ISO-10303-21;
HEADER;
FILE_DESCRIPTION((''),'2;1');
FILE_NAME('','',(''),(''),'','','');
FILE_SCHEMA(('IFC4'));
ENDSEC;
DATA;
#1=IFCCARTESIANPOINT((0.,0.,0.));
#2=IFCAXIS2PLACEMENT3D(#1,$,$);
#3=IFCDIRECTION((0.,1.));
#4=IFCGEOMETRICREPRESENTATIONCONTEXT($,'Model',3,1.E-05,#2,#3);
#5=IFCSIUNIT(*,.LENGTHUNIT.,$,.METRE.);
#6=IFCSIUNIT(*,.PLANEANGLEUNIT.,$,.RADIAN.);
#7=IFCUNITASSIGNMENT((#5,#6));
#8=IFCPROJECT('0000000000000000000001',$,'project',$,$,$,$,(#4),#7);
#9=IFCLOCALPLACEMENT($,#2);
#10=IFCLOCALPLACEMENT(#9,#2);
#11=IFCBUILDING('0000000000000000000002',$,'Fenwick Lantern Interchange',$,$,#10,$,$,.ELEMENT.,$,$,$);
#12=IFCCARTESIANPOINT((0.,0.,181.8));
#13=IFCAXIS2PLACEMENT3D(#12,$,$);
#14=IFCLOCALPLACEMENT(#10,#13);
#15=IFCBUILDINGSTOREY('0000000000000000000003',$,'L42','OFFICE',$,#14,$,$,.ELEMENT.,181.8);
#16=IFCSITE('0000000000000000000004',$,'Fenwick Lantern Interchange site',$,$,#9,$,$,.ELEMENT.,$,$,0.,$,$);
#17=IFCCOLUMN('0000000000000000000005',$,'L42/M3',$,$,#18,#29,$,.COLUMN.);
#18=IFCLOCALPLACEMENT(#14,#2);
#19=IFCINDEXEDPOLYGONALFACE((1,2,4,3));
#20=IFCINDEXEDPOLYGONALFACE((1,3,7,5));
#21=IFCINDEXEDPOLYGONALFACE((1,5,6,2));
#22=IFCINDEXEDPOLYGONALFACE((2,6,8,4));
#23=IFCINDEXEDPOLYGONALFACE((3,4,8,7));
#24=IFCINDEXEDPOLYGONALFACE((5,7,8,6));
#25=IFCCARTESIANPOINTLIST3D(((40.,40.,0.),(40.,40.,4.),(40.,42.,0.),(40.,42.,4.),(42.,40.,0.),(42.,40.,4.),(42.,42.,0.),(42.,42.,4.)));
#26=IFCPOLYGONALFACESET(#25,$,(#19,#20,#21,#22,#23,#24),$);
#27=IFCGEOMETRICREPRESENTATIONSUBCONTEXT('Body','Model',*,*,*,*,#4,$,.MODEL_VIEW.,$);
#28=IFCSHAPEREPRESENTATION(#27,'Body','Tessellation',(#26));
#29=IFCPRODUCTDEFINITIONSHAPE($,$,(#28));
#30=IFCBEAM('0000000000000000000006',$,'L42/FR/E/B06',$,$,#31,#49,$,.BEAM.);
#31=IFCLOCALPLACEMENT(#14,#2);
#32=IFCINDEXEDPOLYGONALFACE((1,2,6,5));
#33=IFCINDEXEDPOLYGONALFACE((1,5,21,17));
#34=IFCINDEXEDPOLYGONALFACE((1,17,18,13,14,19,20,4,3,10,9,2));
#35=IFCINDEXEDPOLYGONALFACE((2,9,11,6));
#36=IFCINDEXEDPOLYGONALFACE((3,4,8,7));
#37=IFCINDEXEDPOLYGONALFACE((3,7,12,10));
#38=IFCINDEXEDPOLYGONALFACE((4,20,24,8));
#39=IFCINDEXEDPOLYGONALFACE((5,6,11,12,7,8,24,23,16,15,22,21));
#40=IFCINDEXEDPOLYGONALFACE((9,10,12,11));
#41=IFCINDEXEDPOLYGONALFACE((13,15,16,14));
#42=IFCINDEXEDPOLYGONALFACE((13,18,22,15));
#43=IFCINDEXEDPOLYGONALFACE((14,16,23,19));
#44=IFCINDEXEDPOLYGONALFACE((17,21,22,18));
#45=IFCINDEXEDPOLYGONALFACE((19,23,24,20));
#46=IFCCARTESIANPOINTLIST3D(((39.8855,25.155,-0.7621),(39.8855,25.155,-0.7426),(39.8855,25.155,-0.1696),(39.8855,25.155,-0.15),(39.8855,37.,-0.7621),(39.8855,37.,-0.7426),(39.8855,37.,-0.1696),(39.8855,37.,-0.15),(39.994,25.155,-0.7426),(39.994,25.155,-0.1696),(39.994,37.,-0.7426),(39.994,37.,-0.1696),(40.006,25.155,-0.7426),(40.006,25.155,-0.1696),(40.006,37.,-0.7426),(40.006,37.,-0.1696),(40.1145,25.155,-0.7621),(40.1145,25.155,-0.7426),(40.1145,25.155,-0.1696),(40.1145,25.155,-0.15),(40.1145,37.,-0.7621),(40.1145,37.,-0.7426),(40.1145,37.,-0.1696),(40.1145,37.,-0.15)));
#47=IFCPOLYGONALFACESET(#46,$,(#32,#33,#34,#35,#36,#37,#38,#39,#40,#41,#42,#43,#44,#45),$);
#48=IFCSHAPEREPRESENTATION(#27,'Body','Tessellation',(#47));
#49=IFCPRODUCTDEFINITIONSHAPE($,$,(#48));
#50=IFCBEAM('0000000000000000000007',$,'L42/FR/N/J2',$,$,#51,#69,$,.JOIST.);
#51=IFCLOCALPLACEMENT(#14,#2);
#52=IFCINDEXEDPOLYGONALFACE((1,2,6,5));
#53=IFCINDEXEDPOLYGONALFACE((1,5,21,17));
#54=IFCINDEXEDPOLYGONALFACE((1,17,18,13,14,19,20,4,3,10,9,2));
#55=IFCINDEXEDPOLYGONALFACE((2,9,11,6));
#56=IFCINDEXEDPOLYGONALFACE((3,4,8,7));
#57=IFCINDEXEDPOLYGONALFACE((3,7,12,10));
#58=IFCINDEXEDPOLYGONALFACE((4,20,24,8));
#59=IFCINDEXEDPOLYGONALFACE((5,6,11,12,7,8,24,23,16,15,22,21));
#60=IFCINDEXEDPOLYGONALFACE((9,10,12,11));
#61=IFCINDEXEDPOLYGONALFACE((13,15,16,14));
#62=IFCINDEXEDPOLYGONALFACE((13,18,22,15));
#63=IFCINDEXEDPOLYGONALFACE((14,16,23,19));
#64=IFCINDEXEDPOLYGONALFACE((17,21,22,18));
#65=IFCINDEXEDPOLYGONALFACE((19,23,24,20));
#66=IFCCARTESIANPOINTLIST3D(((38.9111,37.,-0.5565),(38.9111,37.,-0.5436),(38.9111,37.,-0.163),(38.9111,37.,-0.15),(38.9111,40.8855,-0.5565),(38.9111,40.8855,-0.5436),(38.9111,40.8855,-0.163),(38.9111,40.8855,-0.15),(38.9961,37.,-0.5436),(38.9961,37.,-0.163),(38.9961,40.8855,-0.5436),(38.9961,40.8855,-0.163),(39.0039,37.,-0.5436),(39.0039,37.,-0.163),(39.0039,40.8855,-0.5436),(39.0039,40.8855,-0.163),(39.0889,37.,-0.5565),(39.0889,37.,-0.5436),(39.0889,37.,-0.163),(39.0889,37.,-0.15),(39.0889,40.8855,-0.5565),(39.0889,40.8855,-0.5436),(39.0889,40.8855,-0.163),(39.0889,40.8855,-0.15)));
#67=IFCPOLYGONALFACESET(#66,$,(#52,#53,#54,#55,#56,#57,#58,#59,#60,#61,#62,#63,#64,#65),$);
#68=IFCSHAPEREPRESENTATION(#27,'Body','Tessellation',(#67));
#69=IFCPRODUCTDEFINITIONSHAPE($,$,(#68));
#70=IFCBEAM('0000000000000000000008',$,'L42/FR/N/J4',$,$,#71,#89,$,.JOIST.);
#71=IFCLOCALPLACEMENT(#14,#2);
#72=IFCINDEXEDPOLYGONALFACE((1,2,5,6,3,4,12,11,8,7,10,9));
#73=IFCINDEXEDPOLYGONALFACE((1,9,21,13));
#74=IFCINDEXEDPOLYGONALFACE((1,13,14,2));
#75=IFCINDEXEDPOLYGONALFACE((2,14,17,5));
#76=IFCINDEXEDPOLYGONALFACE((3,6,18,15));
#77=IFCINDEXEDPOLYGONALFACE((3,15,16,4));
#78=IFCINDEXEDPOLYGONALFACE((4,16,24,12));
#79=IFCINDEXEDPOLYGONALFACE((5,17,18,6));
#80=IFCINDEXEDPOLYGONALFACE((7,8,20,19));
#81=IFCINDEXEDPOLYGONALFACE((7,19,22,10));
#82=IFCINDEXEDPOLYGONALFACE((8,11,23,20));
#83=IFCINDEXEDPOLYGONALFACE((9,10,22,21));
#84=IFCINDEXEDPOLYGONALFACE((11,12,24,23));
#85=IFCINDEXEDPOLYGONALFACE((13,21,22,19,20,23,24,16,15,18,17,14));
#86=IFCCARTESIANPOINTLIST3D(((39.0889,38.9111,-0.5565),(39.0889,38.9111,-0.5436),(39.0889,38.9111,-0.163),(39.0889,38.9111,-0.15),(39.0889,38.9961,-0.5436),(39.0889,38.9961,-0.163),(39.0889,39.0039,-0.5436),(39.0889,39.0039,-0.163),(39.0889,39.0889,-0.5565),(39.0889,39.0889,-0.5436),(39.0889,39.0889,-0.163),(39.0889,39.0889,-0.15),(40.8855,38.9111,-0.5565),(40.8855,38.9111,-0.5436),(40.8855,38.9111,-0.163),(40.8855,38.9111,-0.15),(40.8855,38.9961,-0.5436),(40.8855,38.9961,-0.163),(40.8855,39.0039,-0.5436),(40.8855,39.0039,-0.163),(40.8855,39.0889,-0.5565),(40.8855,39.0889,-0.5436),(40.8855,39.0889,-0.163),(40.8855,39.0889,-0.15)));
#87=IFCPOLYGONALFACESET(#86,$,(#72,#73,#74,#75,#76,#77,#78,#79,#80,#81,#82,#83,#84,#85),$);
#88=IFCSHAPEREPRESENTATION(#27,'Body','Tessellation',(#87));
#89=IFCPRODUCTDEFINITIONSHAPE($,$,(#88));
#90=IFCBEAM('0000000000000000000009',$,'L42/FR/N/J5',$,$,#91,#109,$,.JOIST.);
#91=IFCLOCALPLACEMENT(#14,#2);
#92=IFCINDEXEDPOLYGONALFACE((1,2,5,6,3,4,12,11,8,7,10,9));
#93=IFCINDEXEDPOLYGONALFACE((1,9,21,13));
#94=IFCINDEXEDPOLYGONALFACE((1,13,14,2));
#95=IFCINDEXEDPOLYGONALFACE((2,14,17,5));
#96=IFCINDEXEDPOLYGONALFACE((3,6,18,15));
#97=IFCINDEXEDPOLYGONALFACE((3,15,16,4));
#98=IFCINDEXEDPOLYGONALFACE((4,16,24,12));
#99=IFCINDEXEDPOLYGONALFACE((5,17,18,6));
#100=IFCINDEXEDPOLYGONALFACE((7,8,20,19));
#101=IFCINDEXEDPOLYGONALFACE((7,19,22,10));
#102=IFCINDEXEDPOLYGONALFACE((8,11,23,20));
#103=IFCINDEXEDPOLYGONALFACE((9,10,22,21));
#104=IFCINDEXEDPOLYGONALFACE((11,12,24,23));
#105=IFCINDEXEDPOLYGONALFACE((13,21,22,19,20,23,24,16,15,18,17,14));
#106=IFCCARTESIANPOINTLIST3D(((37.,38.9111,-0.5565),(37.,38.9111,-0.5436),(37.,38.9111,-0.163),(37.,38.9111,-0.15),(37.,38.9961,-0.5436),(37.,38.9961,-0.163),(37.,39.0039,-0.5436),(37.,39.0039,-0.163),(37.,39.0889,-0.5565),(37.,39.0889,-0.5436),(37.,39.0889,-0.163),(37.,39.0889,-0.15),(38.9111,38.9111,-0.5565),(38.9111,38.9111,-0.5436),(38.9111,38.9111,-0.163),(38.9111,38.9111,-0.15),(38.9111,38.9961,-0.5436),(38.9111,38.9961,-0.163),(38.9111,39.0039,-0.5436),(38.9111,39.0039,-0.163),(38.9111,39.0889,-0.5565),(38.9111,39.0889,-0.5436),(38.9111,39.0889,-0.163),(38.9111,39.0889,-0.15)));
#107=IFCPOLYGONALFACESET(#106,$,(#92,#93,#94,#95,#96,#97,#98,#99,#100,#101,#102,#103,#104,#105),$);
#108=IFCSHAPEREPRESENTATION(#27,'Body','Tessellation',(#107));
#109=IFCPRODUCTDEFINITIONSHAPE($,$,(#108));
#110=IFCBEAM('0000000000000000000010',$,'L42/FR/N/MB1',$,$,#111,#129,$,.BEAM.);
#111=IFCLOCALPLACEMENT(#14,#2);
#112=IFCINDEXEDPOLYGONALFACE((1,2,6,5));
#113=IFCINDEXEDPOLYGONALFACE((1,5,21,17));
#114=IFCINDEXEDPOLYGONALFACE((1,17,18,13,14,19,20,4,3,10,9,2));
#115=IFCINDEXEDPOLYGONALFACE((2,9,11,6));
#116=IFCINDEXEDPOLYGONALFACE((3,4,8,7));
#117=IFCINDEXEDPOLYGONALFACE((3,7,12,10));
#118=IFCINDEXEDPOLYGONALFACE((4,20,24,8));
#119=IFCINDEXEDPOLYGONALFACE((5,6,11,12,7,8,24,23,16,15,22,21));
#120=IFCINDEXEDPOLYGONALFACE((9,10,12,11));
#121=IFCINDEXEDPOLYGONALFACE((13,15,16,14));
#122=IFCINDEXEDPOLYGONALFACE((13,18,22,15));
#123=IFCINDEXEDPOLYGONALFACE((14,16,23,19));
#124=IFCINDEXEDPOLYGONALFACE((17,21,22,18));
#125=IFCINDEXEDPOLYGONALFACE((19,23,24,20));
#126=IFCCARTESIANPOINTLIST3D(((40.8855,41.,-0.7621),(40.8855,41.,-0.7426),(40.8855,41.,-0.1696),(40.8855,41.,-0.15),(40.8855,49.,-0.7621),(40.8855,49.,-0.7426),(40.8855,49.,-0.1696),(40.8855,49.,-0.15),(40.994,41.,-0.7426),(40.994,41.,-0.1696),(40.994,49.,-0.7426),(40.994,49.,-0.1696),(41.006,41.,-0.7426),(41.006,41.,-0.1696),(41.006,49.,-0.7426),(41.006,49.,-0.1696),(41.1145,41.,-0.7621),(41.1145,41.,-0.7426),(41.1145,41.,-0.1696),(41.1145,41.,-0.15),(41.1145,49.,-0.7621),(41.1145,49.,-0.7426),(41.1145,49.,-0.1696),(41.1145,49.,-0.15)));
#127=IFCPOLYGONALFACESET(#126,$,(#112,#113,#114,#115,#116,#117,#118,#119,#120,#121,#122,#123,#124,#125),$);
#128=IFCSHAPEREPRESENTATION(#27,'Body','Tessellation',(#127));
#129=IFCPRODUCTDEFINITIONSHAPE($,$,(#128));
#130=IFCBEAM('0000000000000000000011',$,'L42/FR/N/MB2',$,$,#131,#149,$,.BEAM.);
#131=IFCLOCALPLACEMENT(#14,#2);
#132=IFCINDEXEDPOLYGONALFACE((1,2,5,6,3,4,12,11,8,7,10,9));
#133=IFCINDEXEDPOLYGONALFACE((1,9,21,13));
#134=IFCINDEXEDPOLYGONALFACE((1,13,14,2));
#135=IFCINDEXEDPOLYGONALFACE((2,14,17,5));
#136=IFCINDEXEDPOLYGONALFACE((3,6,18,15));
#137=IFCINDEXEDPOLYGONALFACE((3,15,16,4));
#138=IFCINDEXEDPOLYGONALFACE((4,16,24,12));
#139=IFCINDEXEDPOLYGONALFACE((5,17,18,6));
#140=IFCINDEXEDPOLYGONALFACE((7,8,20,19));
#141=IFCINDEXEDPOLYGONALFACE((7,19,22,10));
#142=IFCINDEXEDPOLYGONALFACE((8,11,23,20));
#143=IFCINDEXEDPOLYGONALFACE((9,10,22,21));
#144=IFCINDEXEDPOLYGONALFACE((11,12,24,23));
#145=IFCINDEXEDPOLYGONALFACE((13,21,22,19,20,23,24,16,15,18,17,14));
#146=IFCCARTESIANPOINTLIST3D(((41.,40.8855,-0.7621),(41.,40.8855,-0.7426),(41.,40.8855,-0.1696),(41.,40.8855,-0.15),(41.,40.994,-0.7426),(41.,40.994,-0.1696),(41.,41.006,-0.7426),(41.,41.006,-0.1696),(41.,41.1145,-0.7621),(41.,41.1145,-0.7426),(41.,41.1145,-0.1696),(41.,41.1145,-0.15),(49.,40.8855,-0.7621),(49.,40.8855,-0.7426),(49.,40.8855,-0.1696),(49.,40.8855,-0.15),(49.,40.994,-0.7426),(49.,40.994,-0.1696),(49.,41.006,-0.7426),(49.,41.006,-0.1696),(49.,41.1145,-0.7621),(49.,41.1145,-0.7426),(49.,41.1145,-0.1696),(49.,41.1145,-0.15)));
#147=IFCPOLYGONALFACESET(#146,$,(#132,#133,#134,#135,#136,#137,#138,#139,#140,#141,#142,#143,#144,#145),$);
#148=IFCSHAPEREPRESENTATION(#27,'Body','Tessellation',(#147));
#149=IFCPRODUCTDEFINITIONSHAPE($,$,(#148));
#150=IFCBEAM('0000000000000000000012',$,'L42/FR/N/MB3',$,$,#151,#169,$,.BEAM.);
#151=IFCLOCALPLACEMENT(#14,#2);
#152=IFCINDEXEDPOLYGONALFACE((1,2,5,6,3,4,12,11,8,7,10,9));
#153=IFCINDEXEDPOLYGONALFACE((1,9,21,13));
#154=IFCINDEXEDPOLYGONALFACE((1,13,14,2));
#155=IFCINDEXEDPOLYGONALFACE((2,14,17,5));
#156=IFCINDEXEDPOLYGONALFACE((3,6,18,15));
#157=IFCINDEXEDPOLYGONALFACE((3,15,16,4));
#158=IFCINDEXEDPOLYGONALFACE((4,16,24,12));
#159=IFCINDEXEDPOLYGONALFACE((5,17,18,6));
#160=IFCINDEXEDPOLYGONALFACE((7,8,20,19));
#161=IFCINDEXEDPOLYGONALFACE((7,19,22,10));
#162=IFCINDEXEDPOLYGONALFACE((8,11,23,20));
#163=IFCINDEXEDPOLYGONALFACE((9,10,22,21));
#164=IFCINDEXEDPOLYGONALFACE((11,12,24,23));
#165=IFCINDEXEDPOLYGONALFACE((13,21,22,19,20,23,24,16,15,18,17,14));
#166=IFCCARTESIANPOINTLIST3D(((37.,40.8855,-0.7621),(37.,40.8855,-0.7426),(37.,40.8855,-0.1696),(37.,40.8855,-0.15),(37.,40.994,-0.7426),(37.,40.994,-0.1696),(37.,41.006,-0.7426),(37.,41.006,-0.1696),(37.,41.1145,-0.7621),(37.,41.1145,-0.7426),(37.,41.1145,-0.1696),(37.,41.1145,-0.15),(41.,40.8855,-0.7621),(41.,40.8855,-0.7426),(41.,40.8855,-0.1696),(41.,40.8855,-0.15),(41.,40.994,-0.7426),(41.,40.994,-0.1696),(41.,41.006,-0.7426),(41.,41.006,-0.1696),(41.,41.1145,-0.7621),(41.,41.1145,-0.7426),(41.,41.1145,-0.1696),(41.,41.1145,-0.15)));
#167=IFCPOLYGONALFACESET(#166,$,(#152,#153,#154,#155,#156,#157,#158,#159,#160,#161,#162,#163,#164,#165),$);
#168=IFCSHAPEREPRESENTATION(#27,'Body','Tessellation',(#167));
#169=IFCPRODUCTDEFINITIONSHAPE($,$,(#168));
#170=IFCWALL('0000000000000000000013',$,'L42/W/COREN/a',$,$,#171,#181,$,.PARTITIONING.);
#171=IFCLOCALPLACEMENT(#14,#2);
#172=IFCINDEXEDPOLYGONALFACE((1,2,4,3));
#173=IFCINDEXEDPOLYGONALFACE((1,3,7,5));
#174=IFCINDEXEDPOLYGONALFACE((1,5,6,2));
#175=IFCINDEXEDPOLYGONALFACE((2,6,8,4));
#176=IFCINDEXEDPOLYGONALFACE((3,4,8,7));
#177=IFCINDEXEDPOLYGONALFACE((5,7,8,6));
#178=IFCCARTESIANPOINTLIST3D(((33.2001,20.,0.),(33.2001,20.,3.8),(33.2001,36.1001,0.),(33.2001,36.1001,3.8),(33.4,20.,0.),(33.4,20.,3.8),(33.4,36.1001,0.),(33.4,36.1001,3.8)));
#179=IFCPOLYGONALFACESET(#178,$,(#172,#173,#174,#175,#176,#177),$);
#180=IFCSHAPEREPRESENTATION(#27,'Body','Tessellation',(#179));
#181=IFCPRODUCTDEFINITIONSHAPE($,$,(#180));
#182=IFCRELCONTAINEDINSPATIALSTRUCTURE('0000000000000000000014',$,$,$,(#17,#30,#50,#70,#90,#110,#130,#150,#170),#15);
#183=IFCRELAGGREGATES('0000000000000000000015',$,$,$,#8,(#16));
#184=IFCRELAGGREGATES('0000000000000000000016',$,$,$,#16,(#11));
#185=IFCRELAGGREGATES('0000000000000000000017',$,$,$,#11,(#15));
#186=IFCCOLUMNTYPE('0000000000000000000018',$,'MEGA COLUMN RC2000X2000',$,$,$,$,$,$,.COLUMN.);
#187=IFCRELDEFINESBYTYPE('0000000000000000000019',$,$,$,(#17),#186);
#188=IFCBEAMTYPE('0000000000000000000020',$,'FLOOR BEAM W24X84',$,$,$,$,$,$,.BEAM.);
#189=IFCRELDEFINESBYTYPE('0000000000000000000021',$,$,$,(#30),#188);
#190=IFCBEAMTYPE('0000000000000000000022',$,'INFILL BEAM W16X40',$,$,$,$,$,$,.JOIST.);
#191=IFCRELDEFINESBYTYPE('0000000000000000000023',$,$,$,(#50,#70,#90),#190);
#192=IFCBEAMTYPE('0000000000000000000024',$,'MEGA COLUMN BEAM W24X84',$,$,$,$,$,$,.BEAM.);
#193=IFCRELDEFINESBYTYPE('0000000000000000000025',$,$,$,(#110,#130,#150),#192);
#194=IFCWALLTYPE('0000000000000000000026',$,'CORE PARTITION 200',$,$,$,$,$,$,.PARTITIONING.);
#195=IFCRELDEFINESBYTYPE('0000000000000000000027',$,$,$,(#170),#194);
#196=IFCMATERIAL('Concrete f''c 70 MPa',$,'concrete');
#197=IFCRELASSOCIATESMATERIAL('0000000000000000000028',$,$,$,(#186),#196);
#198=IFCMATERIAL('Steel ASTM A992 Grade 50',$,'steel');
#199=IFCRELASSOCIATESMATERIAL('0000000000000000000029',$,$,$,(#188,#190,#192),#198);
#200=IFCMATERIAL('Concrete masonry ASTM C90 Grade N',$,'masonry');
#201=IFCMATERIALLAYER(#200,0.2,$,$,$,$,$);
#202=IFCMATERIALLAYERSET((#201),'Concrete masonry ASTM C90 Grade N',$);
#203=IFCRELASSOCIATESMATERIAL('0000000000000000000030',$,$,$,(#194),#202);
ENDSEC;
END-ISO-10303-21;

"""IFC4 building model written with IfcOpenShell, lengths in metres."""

from ifc_helpers import new_model, si_unit, direction, frame, frame_2d, origin, origin_2d, place, context, subcontext, project, spatial, rectangle, i_section, extrude, material, layer, layer_set, material_profile, profile_set, type_object, element, save


model = new_model("IFC4")

# Units and contexts
model_context = context("Model", 3, precision=1e-05, world=origin(), true_north=direction((0.0, 1.0)))
body_context = subcontext(model_context, "Body", "Model", "MODEL_VIEW")
ifc_project = project(units=[si_unit("LENGTHUNIT", "METRE"), si_unit("PLANEANGLEUNIT", "RADIAN")], contexts=[model_context])

# Site, building, storey
site_placement = place(None, origin())
site = spatial("IfcSite", under=ifc_project, at=site_placement, Name="Fenwick Lantern Interchange site", CompositionType="ELEMENT", RefElevation=0.0)
building_placement = place(site_placement, origin())
building = spatial("IfcBuilding", under=site, at=building_placement, Name="Fenwick Lantern Interchange", CompositionType="ELEMENT")
storey_placement = place(building_placement, frame((0.0, 0.0, 181.8)))
storey = spatial("IfcBuildingStorey", under=building, at=storey_placement, Name="L42", Description="OFFICE", CompositionType="ELEMENT", Elevation=181.8)

# Column
ifc_material_1 = material(Name="Concrete f'c 70 MPa", Category="concrete")
ifc_material_profile_1 = material_profile(ifc_material_1, rectangle(XDim=2.0, YDim=2.0, at=origin_2d()), Name="RC2000X2000")
ifc_profile_set_1 = profile_set([ifc_material_profile_1], Name="Concrete f'c 70 MPa")
column_type = type_object("IfcColumnType", Name="MEGA COLUMN RC2000X2000", PredefinedType="COLUMN", material=ifc_profile_set_1)
column_placement = place(storey_placement, frame((41.0, 41.0, 0.0), z_axis=(0.0, 0.0, 1.0), x_axis=(1.0, 0.0, 0.0)))
element("IfcColumn", 1, at=column_placement, inside=storey, type_object=column_type, Name="L42/M3", PredefinedType="COLUMN", context=body_context, shape_type="SweptSolid", body=[
    extrude(rectangle(XDim=2.0, YDim=2.0, at=origin_2d()), origin(), (0.0, 0.0, 1.0), 4.0),
])

# Beams
ifc_material_2 = material(Name="Steel ASTM A992 Grade 50", Category="steel")
ifc_material_profile_2 = material_profile(ifc_material_2, i_section(OverallWidth=0.229, OverallDepth=0.6121, WebThickness=0.012, FlangeThickness=0.0195, at=origin_2d()), Name="W24X84")
ifc_profile_set_2 = profile_set([ifc_material_profile_2], Name="Steel ASTM A992 Grade 50")
beam_type_1 = type_object("IfcBeamType", Name="FLOOR BEAM W24X84", PredefinedType="BEAM", material=ifc_profile_set_2)
beam_1_placement = place(storey_placement, frame((40.0, 25.155, -0.4561), z_axis=(0.0, 1.0, 0.0), x_axis=(-1.0, 0.0, 0.0)))
element("IfcBeam", 2, at=beam_1_placement, inside=storey, type_object=beam_type_1, Name="L42/FR/E/B06", PredefinedType="BEAM", context=body_context, shape_type="SweptSolid", body=[
    extrude(i_section(OverallWidth=0.229, OverallDepth=0.6121, WebThickness=0.012, FlangeThickness=0.0195, at=origin_2d()), origin(), (0.0, 0.0, 1.0), 11.845),
])
ifc_material_profile_3 = material_profile(ifc_material_2, i_section(OverallWidth=0.1777, OverallDepth=0.4065, WebThickness=0.0078, FlangeThickness=0.0129, at=origin_2d()), Name="W16X40")
ifc_profile_set_3 = profile_set([ifc_material_profile_3], Name="Steel ASTM A992 Grade 50")
beam_type_2 = type_object("IfcBeamType", Name="INFILL BEAM W16X40", PredefinedType="JOIST", material=ifc_profile_set_3)
beam_2_placement = place(storey_placement, frame((39.0, 40.8855, -0.3533), z_axis=(0.0, -1.0, 0.0), x_axis=(1.0, 0.0, 0.0)))
element("IfcBeam", 3, at=beam_2_placement, inside=storey, type_object=beam_type_2, Name="L42/FR/N/J2", PredefinedType="JOIST", context=body_context, shape_type="SweptSolid", body=[
    extrude(i_section(OverallWidth=0.1777, OverallDepth=0.4065, WebThickness=0.0078, FlangeThickness=0.0129, at=origin_2d()), origin(), (0.0, 0.0, 1.0), 3.8855),
])
beam_3_placement = place(storey_placement, frame((40.8855, 39.0, -0.3533), z_axis=(-1.0, 0.0, 0.0), x_axis=(0.0, -1.0, 0.0)))
element("IfcBeam", 4, at=beam_3_placement, inside=storey, type_object=beam_type_2, Name="L42/FR/N/J4", PredefinedType="JOIST", context=body_context, shape_type="SweptSolid", body=[
    extrude(i_section(OverallWidth=0.1777, OverallDepth=0.4065, WebThickness=0.0078, FlangeThickness=0.0129, at=origin_2d()), origin(), (0.0, 0.0, 1.0), 1.7966),
])
beam_4_placement = place(storey_placement, frame((38.9111, 39.0, -0.3533), z_axis=(-1.0, 0.0, 0.0), x_axis=(0.0, -1.0, 0.0)))
element("IfcBeam", 5, at=beam_4_placement, inside=storey, type_object=beam_type_2, Name="L42/FR/N/J5", PredefinedType="JOIST", context=body_context, shape_type="SweptSolid", body=[
    extrude(i_section(OverallWidth=0.1777, OverallDepth=0.4065, WebThickness=0.0078, FlangeThickness=0.0129, at=origin_2d()), origin(), (0.0, 0.0, 1.0), 1.9111),
])
ifc_material_profile_4 = material_profile(ifc_material_2, i_section(OverallWidth=0.229, OverallDepth=0.6121, WebThickness=0.012, FlangeThickness=0.0195, at=origin_2d()), Name="W24X84")
ifc_profile_set_4 = profile_set([ifc_material_profile_4], Name="Steel ASTM A992 Grade 50")
beam_type_3 = type_object("IfcBeamType", Name="MEGA COLUMN BEAM W24X84", PredefinedType="BEAM", material=ifc_profile_set_4)
for number, where, z_axis, x_axis, name in (
    (6, (41.0, 41.0, -0.4561), (0.0, 1.0, 0.0), (-1.0, 0.0, 0.0), "L42/FR/N/MB1"),
    (7, (41.0, 41.0, -0.4561), (1.0, 0.0, 0.0), (0.0, 1.0, 0.0), "L42/FR/N/MB2"),
):
    element("IfcBeam", number, at=place(storey_placement, frame(where, z_axis=z_axis, x_axis=x_axis)), inside=storey, type_object=beam_type_3, Name=name, PredefinedType="BEAM", context=body_context, shape_type="SweptSolid", body=[
        extrude(i_section(OverallWidth=0.229, OverallDepth=0.6121, WebThickness=0.012, FlangeThickness=0.0195, at=origin_2d()), origin(), (0.0, 0.0, 1.0), 8.0),
    ])
beam_5_placement = place(storey_placement, frame((41.0, 41.0, -0.4561), z_axis=(-1.0, 0.0, 0.0), x_axis=(0.0, -1.0, 0.0)))
element("IfcBeam", 8, at=beam_5_placement, inside=storey, type_object=beam_type_3, Name="L42/FR/N/MB3", PredefinedType="BEAM", context=body_context, shape_type="SweptSolid", body=[
    extrude(i_section(OverallWidth=0.229, OverallDepth=0.6121, WebThickness=0.012, FlangeThickness=0.0195, at=origin_2d()), origin(), (0.0, 0.0, 1.0), 4.0),
])

# Wall
ifc_material_3 = material(Name="Concrete masonry ASTM C90 Grade N", Category="masonry")
ifc_layer_1 = layer(ifc_material_3, 0.2)
ifc_layer_set_1 = layer_set([ifc_layer_1], Name="Concrete masonry ASTM C90 Grade N")
wall_type_1 = type_object("IfcWallType", Name="CORE PARTITION 200", PredefinedType="PARTITIONING", material=ifc_layer_set_1)
wall_1_placement = place(storey_placement, frame((33.3, 36.1001, 0.0), z_axis=(0.0, 0.0, 1.0), x_axis=(0.0, -1.0, 0.0)))
element("IfcWall", 9, at=wall_1_placement, inside=storey, type_object=wall_type_1, Name="L42/W/COREN/a", PredefinedType="PARTITIONING", context=body_context, shape_type="SweptSolid", body=[
    extrude(rectangle(XDim=16.1001, YDim=0.2, at=frame_2d((8.05, 0.0))), origin(), (0.0, 0.0, 1.0), 3.8),
])

save(model, "model.ifc")
